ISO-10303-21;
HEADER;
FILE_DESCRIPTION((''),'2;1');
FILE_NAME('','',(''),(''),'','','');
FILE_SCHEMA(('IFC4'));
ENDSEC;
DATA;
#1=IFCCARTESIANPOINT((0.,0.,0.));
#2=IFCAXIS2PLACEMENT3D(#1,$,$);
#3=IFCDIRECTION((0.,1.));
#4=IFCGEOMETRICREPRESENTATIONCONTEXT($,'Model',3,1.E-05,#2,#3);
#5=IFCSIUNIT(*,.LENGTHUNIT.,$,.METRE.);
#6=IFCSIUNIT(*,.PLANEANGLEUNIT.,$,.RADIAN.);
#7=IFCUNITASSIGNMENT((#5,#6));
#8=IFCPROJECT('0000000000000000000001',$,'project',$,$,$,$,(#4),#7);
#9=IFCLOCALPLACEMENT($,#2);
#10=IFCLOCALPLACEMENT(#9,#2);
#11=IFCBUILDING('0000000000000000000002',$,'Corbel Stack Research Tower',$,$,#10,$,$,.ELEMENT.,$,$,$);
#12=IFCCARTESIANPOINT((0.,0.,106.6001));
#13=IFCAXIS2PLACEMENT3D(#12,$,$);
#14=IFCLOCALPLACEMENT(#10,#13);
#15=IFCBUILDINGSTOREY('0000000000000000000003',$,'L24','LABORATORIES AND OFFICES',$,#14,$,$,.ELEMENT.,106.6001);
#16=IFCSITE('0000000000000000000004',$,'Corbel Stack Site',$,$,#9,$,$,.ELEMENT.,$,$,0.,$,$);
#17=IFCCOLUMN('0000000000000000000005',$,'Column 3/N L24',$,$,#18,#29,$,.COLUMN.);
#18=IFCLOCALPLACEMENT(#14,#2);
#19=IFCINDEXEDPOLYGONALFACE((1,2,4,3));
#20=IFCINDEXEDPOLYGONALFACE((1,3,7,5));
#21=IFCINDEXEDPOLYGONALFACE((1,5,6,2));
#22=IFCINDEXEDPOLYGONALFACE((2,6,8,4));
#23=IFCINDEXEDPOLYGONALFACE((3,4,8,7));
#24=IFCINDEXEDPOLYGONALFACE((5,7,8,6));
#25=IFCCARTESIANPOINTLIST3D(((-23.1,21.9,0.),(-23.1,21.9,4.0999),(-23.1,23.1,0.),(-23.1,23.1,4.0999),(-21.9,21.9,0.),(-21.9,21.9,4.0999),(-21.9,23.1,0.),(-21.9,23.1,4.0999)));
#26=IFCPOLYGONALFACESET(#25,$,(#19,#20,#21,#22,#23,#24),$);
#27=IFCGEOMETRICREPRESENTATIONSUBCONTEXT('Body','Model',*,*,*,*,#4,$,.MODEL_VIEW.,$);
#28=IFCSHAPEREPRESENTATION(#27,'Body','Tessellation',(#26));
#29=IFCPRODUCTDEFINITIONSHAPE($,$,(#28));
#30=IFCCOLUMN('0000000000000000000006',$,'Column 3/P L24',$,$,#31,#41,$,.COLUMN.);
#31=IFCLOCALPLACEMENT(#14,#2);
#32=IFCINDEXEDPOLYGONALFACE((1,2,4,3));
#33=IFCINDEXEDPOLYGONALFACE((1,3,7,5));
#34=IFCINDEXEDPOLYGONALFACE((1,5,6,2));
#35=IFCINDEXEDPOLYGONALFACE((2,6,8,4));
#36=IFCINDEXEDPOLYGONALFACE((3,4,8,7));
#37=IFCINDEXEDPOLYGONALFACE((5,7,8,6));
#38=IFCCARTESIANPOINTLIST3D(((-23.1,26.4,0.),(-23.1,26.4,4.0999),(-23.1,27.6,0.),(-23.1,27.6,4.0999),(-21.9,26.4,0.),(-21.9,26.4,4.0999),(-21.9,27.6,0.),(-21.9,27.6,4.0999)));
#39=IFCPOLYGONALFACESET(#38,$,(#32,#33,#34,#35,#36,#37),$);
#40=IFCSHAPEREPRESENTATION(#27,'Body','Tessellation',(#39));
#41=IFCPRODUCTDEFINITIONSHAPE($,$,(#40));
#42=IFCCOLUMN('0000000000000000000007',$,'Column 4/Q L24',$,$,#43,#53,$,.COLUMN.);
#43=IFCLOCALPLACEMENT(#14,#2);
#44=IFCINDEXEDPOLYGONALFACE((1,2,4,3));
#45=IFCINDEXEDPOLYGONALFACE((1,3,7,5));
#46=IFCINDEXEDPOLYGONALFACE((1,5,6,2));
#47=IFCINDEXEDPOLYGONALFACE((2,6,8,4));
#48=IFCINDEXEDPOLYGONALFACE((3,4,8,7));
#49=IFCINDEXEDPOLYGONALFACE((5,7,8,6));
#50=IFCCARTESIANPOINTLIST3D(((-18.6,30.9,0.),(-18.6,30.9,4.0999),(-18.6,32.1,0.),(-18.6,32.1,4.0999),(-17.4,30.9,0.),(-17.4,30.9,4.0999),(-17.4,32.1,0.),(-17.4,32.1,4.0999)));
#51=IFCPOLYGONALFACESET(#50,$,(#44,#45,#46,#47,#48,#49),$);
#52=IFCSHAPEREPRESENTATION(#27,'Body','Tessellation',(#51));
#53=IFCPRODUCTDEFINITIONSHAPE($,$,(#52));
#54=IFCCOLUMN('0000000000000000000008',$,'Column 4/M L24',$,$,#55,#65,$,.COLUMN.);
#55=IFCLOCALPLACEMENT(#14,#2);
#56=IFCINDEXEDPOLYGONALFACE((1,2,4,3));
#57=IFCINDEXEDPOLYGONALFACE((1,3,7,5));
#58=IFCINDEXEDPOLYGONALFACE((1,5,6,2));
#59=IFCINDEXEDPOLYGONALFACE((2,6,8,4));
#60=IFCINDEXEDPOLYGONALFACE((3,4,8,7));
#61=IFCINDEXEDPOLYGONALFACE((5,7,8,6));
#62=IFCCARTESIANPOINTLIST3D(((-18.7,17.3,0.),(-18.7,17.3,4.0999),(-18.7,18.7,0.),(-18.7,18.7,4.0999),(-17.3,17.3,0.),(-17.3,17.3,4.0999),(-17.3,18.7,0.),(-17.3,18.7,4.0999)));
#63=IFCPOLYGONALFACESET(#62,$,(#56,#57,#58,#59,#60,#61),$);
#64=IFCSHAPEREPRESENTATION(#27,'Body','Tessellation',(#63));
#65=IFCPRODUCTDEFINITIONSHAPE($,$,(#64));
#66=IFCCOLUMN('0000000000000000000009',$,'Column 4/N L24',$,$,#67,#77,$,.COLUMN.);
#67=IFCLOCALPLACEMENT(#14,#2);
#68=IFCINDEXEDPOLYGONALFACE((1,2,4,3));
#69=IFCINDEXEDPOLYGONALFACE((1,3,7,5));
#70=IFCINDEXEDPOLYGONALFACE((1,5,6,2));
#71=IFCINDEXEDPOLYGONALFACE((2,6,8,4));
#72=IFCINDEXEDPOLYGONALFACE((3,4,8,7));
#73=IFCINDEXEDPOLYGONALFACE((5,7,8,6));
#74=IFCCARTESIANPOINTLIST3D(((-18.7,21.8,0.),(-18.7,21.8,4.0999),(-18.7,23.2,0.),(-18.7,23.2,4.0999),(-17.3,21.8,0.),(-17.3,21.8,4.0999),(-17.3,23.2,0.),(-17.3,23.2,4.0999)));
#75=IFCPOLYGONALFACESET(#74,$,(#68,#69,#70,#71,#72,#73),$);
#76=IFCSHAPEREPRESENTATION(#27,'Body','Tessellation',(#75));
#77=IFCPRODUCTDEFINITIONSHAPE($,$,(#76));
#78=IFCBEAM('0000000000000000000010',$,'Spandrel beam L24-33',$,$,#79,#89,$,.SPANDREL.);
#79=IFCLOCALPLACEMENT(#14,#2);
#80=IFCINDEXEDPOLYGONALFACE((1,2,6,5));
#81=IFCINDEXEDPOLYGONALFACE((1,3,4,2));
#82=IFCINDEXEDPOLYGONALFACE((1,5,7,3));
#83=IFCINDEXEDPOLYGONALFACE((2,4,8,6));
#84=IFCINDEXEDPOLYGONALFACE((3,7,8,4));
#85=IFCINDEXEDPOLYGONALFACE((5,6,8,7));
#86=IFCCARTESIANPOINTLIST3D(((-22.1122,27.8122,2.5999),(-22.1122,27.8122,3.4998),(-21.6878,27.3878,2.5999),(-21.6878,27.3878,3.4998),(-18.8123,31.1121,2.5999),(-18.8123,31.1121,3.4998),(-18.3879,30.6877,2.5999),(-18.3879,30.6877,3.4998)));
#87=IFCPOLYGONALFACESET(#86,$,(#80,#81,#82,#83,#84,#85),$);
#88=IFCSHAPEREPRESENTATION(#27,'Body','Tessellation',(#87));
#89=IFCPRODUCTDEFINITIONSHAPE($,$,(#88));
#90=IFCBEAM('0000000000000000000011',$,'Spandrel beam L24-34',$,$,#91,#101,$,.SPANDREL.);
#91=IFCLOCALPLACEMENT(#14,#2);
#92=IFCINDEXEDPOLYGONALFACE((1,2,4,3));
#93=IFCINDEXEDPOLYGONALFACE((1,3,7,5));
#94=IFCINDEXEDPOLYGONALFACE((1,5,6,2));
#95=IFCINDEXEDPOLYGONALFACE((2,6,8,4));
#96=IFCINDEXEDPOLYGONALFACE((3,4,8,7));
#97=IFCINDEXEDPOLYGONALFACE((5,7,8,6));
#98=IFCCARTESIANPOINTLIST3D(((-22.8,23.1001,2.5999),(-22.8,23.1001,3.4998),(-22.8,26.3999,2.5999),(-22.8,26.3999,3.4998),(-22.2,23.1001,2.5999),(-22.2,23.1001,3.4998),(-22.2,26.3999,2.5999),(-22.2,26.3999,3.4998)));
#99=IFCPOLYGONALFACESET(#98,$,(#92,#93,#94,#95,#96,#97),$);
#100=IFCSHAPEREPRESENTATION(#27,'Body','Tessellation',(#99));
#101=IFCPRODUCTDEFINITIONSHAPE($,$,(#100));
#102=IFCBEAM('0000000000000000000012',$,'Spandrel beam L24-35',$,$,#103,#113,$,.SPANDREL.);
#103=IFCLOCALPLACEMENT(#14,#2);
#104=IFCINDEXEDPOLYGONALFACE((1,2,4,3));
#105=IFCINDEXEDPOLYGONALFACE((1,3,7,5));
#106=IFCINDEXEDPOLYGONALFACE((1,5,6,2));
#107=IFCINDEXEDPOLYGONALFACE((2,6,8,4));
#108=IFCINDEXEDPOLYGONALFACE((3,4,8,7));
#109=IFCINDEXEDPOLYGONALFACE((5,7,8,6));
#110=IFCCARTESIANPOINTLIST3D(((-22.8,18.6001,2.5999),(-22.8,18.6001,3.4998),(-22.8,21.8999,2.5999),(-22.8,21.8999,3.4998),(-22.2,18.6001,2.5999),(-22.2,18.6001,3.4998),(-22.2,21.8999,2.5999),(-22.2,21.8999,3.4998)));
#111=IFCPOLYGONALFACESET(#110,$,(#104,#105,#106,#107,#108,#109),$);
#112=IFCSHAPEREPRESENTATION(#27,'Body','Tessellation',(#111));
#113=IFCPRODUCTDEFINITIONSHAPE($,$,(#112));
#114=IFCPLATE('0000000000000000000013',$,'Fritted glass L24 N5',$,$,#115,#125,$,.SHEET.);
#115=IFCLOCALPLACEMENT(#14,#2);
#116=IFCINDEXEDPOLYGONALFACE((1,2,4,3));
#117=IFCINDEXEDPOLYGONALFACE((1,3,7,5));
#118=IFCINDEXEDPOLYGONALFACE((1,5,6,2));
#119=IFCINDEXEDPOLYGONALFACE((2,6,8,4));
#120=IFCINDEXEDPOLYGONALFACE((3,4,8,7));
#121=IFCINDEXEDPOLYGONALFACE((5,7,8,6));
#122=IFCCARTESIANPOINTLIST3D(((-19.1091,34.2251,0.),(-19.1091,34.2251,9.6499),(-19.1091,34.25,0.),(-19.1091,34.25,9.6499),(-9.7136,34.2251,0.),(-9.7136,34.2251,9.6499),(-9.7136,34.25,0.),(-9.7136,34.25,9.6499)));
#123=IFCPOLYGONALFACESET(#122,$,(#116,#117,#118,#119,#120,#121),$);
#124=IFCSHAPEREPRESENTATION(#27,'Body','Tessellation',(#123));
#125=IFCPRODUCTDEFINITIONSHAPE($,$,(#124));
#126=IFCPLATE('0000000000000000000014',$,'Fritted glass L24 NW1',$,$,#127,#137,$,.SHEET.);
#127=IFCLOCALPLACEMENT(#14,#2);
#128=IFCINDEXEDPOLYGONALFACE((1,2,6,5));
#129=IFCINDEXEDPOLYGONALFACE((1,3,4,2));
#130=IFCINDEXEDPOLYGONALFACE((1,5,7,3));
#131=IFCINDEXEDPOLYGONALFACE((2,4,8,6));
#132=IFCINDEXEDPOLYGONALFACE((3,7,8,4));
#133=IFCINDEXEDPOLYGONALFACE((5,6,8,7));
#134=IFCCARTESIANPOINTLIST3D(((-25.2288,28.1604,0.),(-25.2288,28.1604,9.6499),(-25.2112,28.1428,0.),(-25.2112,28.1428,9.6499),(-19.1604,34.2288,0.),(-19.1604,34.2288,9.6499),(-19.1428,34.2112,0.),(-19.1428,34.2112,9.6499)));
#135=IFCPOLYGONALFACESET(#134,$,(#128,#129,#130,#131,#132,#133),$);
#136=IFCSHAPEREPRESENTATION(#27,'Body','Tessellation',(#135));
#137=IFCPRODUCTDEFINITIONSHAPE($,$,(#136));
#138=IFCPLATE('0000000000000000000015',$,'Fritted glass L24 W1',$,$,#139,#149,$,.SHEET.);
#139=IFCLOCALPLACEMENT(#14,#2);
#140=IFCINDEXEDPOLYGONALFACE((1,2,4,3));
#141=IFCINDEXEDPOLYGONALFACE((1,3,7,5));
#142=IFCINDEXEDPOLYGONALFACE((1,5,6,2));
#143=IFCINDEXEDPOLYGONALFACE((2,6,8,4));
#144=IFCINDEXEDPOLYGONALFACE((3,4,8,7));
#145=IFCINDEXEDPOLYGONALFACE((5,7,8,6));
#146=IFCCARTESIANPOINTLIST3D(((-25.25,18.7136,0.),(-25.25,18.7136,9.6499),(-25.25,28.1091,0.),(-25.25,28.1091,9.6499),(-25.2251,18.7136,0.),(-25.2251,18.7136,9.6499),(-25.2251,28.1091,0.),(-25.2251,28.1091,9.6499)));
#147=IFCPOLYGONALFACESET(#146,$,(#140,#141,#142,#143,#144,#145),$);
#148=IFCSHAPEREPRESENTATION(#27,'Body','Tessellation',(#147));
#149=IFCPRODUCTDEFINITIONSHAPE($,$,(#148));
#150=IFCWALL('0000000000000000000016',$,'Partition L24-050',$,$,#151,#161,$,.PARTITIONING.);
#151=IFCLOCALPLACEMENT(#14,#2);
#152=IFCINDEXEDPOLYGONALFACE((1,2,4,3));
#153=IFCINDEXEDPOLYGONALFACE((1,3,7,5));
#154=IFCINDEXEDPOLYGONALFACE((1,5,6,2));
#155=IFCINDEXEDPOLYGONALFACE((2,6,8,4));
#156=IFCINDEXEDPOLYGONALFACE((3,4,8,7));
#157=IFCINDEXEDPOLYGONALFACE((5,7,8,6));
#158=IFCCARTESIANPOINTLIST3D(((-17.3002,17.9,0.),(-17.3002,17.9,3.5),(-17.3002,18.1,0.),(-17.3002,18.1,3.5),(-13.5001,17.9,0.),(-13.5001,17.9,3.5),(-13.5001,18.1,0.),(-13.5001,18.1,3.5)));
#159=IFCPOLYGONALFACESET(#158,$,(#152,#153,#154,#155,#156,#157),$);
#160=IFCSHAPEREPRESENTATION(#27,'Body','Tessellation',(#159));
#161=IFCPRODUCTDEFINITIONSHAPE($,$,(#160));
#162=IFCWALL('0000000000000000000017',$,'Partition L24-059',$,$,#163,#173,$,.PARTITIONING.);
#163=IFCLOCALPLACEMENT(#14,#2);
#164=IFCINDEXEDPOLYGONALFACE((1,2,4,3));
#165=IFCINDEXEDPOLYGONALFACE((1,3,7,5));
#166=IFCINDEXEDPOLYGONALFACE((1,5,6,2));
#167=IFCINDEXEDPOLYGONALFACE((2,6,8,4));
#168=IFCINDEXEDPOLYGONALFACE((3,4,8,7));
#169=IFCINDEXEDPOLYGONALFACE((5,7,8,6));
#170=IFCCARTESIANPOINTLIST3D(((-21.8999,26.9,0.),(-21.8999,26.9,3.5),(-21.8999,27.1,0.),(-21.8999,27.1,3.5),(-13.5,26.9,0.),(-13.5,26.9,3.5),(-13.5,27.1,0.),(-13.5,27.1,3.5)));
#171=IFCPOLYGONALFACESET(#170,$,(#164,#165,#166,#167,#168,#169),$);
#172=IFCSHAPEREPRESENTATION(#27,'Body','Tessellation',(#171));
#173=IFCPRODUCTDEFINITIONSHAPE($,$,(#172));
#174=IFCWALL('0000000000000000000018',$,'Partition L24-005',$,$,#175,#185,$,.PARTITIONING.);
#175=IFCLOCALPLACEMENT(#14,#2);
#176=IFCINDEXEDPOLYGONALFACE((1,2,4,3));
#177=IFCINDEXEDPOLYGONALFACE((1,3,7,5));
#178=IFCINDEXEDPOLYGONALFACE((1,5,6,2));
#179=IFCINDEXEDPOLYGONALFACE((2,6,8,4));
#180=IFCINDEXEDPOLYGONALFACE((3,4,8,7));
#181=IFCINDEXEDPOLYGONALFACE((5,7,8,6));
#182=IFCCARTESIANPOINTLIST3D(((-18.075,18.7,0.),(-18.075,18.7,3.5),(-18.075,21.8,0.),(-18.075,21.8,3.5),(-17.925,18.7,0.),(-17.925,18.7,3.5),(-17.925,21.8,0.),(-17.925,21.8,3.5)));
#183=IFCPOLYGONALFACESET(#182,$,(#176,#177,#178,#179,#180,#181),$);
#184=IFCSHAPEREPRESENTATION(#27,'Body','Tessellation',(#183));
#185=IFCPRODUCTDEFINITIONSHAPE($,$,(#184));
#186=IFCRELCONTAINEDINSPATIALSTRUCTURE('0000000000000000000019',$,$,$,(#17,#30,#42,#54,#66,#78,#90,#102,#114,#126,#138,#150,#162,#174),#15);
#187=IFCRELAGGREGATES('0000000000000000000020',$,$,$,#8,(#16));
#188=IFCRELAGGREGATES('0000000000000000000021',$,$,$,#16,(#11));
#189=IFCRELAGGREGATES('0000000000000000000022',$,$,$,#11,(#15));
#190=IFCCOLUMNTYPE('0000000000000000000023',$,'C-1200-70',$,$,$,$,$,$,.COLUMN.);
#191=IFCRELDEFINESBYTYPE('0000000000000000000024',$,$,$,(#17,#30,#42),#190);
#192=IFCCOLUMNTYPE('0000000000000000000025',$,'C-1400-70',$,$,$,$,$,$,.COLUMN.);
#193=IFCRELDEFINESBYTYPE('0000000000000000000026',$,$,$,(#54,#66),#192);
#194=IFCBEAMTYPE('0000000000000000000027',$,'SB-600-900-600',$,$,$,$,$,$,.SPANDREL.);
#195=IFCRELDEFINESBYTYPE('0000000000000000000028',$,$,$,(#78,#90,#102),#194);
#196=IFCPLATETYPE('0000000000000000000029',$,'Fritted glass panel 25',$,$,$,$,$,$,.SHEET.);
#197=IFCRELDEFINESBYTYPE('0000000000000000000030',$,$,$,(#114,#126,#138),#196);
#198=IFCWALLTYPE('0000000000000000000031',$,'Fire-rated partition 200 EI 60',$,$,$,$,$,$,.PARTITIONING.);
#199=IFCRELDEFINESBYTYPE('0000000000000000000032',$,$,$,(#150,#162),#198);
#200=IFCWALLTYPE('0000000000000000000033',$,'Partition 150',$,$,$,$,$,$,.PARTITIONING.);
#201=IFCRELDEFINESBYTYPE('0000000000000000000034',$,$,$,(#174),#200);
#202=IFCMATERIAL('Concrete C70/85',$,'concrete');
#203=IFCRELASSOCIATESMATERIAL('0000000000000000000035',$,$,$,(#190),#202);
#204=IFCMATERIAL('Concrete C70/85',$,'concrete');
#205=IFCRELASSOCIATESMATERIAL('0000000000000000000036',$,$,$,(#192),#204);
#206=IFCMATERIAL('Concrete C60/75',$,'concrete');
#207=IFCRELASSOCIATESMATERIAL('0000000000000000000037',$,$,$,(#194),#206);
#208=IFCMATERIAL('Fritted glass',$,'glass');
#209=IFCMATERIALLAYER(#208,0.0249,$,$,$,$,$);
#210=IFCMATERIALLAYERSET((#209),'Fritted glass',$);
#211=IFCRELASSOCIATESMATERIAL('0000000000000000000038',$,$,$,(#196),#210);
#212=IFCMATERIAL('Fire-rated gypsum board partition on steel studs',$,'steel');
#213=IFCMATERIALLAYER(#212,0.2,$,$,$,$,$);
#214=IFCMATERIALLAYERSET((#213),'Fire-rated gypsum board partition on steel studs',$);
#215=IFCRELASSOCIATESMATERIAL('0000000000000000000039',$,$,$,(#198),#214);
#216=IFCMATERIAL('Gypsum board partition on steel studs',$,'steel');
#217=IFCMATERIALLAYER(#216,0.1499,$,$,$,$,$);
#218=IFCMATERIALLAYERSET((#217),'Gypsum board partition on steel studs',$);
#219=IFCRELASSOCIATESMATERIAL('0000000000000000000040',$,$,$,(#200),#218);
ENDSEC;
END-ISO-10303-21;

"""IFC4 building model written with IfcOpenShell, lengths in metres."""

from ifc_helpers import new_model, si_unit, direction, frame, frame_2d, origin, origin_2d, place, context, subcontext, project, spatial, rectangle, extrude, material, layer, layer_set, material_profile, profile_set, type_object, element, save


model = new_model("IFC4")

# Units and contexts
model_context = context("Model", 3, precision=1e-05, world=origin(), true_north=direction((0.0, 1.0)))
body_context = subcontext(model_context, "Body", "Model", "MODEL_VIEW")
ifc_project = project(units=[si_unit("LENGTHUNIT", "METRE"), si_unit("PLANEANGLEUNIT", "RADIAN")], contexts=[model_context])

# Site, building, storey
site_placement = place(None, origin())
site = spatial("IfcSite", under=ifc_project, at=site_placement, Name="Corbel Stack Site", CompositionType="ELEMENT", RefElevation=0.0)
building_placement = place(site_placement, origin())
building = spatial("IfcBuilding", under=site, at=building_placement, Name="Corbel Stack Research Tower", CompositionType="ELEMENT")
storey_placement = place(building_placement, frame((0.0, 0.0, 106.6001)))
storey = spatial("IfcBuildingStorey", under=building, at=storey_placement, Name="L24", Description="LABORATORIES AND OFFICES", CompositionType="ELEMENT", Elevation=106.6001)

# Columns
ifc_material_1 = material(Name="Concrete C70/85", Category="concrete")
ifc_material_profile_1 = material_profile(ifc_material_1, rectangle(XDim=1.2, YDim=1.2, at=origin_2d()), Name="RC 1200 x 1200")
ifc_profile_set_1 = profile_set([ifc_material_profile_1], Name="Concrete C70/85")
column_type_1 = type_object("IfcColumnType", Name="C-1200-70", PredefinedType="COLUMN", material=ifc_profile_set_1)
for number, where, z_axis, x_axis, name in (
    (1, (-22.5, 22.5, 0.0), (0.0, 0.0, 1.0), (1.0, 0.0, 0.0), "Column 3/N L24"),
    (2, (-22.5, 27.0, 0.0), (0.0, 0.0, 1.0), (1.0, 0.0, 0.0), "Column 3/P L24"),
    (3, (-18.0, 31.5, 0.0), (0.0, 0.0, 1.0), (1.0, 0.0, 0.0), "Column 4/Q L24"),
):
    element("IfcColumn", number, at=place(storey_placement, frame(where, z_axis=z_axis, x_axis=x_axis)), inside=storey, type_object=column_type_1, Name=name, PredefinedType="COLUMN", context=body_context, shape_type="SweptSolid", body=[
        extrude(rectangle(XDim=1.2, YDim=1.2, at=origin_2d()), origin(), (0.0, 0.0, 1.0), 4.0999),
    ])
ifc_material_2 = material(Name="Concrete C70/85", Category="concrete")
ifc_material_profile_2 = material_profile(ifc_material_2, rectangle(XDim=1.3999, YDim=1.3999, at=origin_2d()), Name="RC 1400 x 1400")
ifc_profile_set_2 = profile_set([ifc_material_profile_2], Name="Concrete C70/85")
column_type_2 = type_object("IfcColumnType", Name="C-1400-70", PredefinedType="COLUMN", material=ifc_profile_set_2)
for number, where, z_axis, x_axis, name in (
    (4, (-18.0, 18.0, 0.0), (0.0, 0.0, 1.0), (1.0, 0.0, 0.0), "Column 4/M L24"),
    (5, (-18.0, 22.5, 0.0), (0.0, 0.0, 1.0), (1.0, 0.0, 0.0), "Column 4/N L24"),
):
    element("IfcColumn", number, at=place(storey_placement, frame(where, z_axis=z_axis, x_axis=x_axis)), inside=storey, type_object=column_type_2, Name=name, PredefinedType="COLUMN", context=body_context, shape_type="SweptSolid", body=[
        extrude(rectangle(XDim=1.3999, YDim=1.3999, at=origin_2d()), origin(), (0.0, 0.0, 1.0), 4.0999),
    ])

# Beams
ifc_material_3 = material(Name="Concrete C60/75", Category="concrete")
ifc_material_profile_3 = material_profile(ifc_material_3, rectangle(XDim=0.6001, YDim=0.8999, at=origin_2d()), Name="RC 600 x 900")
ifc_profile_set_3 = profile_set([ifc_material_profile_3], Name="Concrete C60/75")
beam_type = type_object("IfcBeamType", Name="SB-600-900-600", PredefinedType="SPANDREL", material=ifc_profile_set_3)
beam_placement = place(storey_placement, frame((-18.6001, 30.8999, 3.0498), z_axis=(-0.707107, -0.707107, 0.0), x_axis=(0.707107, -0.707107, 0.0)))
element("IfcBeam", 6, at=beam_placement, inside=storey, type_object=beam_type, Name="Spandrel beam L24-33", PredefinedType="SPANDREL", context=body_context, shape_type="SweptSolid", body=[
    extrude(rectangle(XDim=0.6001, YDim=0.8999, at=origin_2d()), origin(), (0.0, 0.0, 1.0), 4.6667),
])
for number, where, z_axis, x_axis, name in (
    (7, (-22.5, 26.3999, 3.0498), (0.0, -1.0, 0.0), (1.0, 0.0, 0.0), "Spandrel beam L24-34"),
    (8, (-22.5, 21.8999, 3.0498), (0.0, -1.0, 0.0), (1.0, 0.0, 0.0), "Spandrel beam L24-35"),
):
    element("IfcBeam", number, at=place(storey_placement, frame(where, z_axis=z_axis, x_axis=x_axis)), inside=storey, type_object=beam_type, Name=name, PredefinedType="SPANDREL", context=body_context, shape_type="SweptSolid", body=[
        extrude(rectangle(XDim=0.6001, YDim=0.8999, at=origin_2d()), origin(), (0.0, 0.0, 1.0), 3.2998),
    ])

# Plates
ifc_material_4 = material(Name="Fritted glass", Category="glass")
ifc_layer_1 = layer(ifc_material_4, 0.0249)
ifc_layer_set_1 = layer_set([ifc_layer_1], Name="Fritted glass")
plate_type = type_object("IfcPlateType", Name="Fritted glass panel 25", PredefinedType="SHEET", material=ifc_layer_set_1)
plate_1_placement = place(storey_placement, frame((-14.4114, 34.2375, 0.0), z_axis=(0.0, 0.0, 1.0), x_axis=(-1.0, 0.0, 0.0)))
element("IfcPlate", 9, at=plate_1_placement, inside=storey, type_object=plate_type, Name="Fritted glass L24 N5", PredefinedType="SHEET", context=body_context, shape_type="SweptSolid", body=[
    extrude(rectangle(XDim=9.3955, YDim=0.0249, at=origin_2d()), origin(), (0.0, 0.0, 1.0), 9.6499),
])
plate_2_placement = place(storey_placement, frame((-22.1858, 31.1858, 0.0), z_axis=(0.0, 0.0, 1.0), x_axis=(-0.707107, -0.707107, 0.0)))
element("IfcPlate", 10, at=plate_2_placement, inside=storey, type_object=plate_type, Name="Fritted glass L24 NW1", PredefinedType="SHEET", context=body_context, shape_type="SweptSolid", body=[
    extrude(rectangle(XDim=8.582, YDim=0.0249, at=origin_2d()), origin(), (0.0, 0.0, 1.0), 9.6499),
])
plate_3_placement = place(storey_placement, frame((-25.2375, 23.4114, 0.0), z_axis=(0.0, 0.0, 1.0), x_axis=(0.0, -1.0, 0.0)))
element("IfcPlate", 11, at=plate_3_placement, inside=storey, type_object=plate_type, Name="Fritted glass L24 W1", PredefinedType="SHEET", context=body_context, shape_type="SweptSolid", body=[
    extrude(rectangle(XDim=9.3955, YDim=0.0249, at=origin_2d()), origin(), (0.0, 0.0, 1.0), 9.6499),
])

# Walls
ifc_material_5 = material(Name="Fire-rated gypsum board partition on steel studs", Category="steel")
ifc_layer_2 = layer(ifc_material_5, 0.2)
ifc_layer_set_2 = layer_set([ifc_layer_2], Name="Fire-rated gypsum board partition on steel studs")
wall_type_1 = type_object("IfcWallType", Name="Fire-rated partition 200 EI 60", PredefinedType="PARTITIONING", material=ifc_layer_set_2)
wall_1_placement = place(storey_placement, frame((-17.3, 18.0, 0.0), z_axis=(0.0, 0.0, 1.0), x_axis=(1.0, 0.0, 0.0)))
element("IfcWall", 12, at=wall_1_placement, inside=storey, type_object=wall_type_1, Name="Partition L24-050", PredefinedType="PARTITIONING", context=body_context, shape_type="SweptSolid", body=[
    extrude(rectangle(XDim=3.8, YDim=0.2, at=frame_2d((1.8999, 0.0))), origin(), (0.0, 0.0, 1.0), 3.5),
])
wall_2_placement = place(storey_placement, frame((-21.8999, 27.0, 0.0), z_axis=(0.0, 0.0, 1.0), x_axis=(1.0, 0.0, 0.0)))
element("IfcWall", 13, at=wall_2_placement, inside=storey, type_object=wall_type_1, Name="Partition L24-059", PredefinedType="PARTITIONING", context=body_context, shape_type="SweptSolid", body=[
    extrude(rectangle(XDim=8.3999, YDim=0.2, at=frame_2d((4.2, 0.0))), origin(), (0.0, 0.0, 1.0), 3.5),
])
ifc_material_6 = material(Name="Gypsum board partition on steel studs", Category="steel")
ifc_layer_3 = layer(ifc_material_6, 0.1499)
ifc_layer_set_3 = layer_set([ifc_layer_3], Name="Gypsum board partition on steel studs")
wall_type_2 = type_object("IfcWallType", Name="Partition 150", PredefinedType="PARTITIONING", material=ifc_layer_set_3)
wall_3_placement = place(storey_placement, frame((-18.0, 18.7, 0.0), z_axis=(0.0, 0.0, 1.0), x_axis=(0.0, 1.0, 0.0)))
element("IfcWall", 14, at=wall_3_placement, inside=storey, type_object=wall_type_2, Name="Partition L24-005", PredefinedType="PARTITIONING", context=body_context, shape_type="SweptSolid", body=[
    extrude(rectangle(XDim=3.1001, YDim=0.1499, at=frame_2d((1.55, 0.0))), origin(), (0.0, 0.0, 1.0), 3.5),
])

save(model, "model.ifc")
